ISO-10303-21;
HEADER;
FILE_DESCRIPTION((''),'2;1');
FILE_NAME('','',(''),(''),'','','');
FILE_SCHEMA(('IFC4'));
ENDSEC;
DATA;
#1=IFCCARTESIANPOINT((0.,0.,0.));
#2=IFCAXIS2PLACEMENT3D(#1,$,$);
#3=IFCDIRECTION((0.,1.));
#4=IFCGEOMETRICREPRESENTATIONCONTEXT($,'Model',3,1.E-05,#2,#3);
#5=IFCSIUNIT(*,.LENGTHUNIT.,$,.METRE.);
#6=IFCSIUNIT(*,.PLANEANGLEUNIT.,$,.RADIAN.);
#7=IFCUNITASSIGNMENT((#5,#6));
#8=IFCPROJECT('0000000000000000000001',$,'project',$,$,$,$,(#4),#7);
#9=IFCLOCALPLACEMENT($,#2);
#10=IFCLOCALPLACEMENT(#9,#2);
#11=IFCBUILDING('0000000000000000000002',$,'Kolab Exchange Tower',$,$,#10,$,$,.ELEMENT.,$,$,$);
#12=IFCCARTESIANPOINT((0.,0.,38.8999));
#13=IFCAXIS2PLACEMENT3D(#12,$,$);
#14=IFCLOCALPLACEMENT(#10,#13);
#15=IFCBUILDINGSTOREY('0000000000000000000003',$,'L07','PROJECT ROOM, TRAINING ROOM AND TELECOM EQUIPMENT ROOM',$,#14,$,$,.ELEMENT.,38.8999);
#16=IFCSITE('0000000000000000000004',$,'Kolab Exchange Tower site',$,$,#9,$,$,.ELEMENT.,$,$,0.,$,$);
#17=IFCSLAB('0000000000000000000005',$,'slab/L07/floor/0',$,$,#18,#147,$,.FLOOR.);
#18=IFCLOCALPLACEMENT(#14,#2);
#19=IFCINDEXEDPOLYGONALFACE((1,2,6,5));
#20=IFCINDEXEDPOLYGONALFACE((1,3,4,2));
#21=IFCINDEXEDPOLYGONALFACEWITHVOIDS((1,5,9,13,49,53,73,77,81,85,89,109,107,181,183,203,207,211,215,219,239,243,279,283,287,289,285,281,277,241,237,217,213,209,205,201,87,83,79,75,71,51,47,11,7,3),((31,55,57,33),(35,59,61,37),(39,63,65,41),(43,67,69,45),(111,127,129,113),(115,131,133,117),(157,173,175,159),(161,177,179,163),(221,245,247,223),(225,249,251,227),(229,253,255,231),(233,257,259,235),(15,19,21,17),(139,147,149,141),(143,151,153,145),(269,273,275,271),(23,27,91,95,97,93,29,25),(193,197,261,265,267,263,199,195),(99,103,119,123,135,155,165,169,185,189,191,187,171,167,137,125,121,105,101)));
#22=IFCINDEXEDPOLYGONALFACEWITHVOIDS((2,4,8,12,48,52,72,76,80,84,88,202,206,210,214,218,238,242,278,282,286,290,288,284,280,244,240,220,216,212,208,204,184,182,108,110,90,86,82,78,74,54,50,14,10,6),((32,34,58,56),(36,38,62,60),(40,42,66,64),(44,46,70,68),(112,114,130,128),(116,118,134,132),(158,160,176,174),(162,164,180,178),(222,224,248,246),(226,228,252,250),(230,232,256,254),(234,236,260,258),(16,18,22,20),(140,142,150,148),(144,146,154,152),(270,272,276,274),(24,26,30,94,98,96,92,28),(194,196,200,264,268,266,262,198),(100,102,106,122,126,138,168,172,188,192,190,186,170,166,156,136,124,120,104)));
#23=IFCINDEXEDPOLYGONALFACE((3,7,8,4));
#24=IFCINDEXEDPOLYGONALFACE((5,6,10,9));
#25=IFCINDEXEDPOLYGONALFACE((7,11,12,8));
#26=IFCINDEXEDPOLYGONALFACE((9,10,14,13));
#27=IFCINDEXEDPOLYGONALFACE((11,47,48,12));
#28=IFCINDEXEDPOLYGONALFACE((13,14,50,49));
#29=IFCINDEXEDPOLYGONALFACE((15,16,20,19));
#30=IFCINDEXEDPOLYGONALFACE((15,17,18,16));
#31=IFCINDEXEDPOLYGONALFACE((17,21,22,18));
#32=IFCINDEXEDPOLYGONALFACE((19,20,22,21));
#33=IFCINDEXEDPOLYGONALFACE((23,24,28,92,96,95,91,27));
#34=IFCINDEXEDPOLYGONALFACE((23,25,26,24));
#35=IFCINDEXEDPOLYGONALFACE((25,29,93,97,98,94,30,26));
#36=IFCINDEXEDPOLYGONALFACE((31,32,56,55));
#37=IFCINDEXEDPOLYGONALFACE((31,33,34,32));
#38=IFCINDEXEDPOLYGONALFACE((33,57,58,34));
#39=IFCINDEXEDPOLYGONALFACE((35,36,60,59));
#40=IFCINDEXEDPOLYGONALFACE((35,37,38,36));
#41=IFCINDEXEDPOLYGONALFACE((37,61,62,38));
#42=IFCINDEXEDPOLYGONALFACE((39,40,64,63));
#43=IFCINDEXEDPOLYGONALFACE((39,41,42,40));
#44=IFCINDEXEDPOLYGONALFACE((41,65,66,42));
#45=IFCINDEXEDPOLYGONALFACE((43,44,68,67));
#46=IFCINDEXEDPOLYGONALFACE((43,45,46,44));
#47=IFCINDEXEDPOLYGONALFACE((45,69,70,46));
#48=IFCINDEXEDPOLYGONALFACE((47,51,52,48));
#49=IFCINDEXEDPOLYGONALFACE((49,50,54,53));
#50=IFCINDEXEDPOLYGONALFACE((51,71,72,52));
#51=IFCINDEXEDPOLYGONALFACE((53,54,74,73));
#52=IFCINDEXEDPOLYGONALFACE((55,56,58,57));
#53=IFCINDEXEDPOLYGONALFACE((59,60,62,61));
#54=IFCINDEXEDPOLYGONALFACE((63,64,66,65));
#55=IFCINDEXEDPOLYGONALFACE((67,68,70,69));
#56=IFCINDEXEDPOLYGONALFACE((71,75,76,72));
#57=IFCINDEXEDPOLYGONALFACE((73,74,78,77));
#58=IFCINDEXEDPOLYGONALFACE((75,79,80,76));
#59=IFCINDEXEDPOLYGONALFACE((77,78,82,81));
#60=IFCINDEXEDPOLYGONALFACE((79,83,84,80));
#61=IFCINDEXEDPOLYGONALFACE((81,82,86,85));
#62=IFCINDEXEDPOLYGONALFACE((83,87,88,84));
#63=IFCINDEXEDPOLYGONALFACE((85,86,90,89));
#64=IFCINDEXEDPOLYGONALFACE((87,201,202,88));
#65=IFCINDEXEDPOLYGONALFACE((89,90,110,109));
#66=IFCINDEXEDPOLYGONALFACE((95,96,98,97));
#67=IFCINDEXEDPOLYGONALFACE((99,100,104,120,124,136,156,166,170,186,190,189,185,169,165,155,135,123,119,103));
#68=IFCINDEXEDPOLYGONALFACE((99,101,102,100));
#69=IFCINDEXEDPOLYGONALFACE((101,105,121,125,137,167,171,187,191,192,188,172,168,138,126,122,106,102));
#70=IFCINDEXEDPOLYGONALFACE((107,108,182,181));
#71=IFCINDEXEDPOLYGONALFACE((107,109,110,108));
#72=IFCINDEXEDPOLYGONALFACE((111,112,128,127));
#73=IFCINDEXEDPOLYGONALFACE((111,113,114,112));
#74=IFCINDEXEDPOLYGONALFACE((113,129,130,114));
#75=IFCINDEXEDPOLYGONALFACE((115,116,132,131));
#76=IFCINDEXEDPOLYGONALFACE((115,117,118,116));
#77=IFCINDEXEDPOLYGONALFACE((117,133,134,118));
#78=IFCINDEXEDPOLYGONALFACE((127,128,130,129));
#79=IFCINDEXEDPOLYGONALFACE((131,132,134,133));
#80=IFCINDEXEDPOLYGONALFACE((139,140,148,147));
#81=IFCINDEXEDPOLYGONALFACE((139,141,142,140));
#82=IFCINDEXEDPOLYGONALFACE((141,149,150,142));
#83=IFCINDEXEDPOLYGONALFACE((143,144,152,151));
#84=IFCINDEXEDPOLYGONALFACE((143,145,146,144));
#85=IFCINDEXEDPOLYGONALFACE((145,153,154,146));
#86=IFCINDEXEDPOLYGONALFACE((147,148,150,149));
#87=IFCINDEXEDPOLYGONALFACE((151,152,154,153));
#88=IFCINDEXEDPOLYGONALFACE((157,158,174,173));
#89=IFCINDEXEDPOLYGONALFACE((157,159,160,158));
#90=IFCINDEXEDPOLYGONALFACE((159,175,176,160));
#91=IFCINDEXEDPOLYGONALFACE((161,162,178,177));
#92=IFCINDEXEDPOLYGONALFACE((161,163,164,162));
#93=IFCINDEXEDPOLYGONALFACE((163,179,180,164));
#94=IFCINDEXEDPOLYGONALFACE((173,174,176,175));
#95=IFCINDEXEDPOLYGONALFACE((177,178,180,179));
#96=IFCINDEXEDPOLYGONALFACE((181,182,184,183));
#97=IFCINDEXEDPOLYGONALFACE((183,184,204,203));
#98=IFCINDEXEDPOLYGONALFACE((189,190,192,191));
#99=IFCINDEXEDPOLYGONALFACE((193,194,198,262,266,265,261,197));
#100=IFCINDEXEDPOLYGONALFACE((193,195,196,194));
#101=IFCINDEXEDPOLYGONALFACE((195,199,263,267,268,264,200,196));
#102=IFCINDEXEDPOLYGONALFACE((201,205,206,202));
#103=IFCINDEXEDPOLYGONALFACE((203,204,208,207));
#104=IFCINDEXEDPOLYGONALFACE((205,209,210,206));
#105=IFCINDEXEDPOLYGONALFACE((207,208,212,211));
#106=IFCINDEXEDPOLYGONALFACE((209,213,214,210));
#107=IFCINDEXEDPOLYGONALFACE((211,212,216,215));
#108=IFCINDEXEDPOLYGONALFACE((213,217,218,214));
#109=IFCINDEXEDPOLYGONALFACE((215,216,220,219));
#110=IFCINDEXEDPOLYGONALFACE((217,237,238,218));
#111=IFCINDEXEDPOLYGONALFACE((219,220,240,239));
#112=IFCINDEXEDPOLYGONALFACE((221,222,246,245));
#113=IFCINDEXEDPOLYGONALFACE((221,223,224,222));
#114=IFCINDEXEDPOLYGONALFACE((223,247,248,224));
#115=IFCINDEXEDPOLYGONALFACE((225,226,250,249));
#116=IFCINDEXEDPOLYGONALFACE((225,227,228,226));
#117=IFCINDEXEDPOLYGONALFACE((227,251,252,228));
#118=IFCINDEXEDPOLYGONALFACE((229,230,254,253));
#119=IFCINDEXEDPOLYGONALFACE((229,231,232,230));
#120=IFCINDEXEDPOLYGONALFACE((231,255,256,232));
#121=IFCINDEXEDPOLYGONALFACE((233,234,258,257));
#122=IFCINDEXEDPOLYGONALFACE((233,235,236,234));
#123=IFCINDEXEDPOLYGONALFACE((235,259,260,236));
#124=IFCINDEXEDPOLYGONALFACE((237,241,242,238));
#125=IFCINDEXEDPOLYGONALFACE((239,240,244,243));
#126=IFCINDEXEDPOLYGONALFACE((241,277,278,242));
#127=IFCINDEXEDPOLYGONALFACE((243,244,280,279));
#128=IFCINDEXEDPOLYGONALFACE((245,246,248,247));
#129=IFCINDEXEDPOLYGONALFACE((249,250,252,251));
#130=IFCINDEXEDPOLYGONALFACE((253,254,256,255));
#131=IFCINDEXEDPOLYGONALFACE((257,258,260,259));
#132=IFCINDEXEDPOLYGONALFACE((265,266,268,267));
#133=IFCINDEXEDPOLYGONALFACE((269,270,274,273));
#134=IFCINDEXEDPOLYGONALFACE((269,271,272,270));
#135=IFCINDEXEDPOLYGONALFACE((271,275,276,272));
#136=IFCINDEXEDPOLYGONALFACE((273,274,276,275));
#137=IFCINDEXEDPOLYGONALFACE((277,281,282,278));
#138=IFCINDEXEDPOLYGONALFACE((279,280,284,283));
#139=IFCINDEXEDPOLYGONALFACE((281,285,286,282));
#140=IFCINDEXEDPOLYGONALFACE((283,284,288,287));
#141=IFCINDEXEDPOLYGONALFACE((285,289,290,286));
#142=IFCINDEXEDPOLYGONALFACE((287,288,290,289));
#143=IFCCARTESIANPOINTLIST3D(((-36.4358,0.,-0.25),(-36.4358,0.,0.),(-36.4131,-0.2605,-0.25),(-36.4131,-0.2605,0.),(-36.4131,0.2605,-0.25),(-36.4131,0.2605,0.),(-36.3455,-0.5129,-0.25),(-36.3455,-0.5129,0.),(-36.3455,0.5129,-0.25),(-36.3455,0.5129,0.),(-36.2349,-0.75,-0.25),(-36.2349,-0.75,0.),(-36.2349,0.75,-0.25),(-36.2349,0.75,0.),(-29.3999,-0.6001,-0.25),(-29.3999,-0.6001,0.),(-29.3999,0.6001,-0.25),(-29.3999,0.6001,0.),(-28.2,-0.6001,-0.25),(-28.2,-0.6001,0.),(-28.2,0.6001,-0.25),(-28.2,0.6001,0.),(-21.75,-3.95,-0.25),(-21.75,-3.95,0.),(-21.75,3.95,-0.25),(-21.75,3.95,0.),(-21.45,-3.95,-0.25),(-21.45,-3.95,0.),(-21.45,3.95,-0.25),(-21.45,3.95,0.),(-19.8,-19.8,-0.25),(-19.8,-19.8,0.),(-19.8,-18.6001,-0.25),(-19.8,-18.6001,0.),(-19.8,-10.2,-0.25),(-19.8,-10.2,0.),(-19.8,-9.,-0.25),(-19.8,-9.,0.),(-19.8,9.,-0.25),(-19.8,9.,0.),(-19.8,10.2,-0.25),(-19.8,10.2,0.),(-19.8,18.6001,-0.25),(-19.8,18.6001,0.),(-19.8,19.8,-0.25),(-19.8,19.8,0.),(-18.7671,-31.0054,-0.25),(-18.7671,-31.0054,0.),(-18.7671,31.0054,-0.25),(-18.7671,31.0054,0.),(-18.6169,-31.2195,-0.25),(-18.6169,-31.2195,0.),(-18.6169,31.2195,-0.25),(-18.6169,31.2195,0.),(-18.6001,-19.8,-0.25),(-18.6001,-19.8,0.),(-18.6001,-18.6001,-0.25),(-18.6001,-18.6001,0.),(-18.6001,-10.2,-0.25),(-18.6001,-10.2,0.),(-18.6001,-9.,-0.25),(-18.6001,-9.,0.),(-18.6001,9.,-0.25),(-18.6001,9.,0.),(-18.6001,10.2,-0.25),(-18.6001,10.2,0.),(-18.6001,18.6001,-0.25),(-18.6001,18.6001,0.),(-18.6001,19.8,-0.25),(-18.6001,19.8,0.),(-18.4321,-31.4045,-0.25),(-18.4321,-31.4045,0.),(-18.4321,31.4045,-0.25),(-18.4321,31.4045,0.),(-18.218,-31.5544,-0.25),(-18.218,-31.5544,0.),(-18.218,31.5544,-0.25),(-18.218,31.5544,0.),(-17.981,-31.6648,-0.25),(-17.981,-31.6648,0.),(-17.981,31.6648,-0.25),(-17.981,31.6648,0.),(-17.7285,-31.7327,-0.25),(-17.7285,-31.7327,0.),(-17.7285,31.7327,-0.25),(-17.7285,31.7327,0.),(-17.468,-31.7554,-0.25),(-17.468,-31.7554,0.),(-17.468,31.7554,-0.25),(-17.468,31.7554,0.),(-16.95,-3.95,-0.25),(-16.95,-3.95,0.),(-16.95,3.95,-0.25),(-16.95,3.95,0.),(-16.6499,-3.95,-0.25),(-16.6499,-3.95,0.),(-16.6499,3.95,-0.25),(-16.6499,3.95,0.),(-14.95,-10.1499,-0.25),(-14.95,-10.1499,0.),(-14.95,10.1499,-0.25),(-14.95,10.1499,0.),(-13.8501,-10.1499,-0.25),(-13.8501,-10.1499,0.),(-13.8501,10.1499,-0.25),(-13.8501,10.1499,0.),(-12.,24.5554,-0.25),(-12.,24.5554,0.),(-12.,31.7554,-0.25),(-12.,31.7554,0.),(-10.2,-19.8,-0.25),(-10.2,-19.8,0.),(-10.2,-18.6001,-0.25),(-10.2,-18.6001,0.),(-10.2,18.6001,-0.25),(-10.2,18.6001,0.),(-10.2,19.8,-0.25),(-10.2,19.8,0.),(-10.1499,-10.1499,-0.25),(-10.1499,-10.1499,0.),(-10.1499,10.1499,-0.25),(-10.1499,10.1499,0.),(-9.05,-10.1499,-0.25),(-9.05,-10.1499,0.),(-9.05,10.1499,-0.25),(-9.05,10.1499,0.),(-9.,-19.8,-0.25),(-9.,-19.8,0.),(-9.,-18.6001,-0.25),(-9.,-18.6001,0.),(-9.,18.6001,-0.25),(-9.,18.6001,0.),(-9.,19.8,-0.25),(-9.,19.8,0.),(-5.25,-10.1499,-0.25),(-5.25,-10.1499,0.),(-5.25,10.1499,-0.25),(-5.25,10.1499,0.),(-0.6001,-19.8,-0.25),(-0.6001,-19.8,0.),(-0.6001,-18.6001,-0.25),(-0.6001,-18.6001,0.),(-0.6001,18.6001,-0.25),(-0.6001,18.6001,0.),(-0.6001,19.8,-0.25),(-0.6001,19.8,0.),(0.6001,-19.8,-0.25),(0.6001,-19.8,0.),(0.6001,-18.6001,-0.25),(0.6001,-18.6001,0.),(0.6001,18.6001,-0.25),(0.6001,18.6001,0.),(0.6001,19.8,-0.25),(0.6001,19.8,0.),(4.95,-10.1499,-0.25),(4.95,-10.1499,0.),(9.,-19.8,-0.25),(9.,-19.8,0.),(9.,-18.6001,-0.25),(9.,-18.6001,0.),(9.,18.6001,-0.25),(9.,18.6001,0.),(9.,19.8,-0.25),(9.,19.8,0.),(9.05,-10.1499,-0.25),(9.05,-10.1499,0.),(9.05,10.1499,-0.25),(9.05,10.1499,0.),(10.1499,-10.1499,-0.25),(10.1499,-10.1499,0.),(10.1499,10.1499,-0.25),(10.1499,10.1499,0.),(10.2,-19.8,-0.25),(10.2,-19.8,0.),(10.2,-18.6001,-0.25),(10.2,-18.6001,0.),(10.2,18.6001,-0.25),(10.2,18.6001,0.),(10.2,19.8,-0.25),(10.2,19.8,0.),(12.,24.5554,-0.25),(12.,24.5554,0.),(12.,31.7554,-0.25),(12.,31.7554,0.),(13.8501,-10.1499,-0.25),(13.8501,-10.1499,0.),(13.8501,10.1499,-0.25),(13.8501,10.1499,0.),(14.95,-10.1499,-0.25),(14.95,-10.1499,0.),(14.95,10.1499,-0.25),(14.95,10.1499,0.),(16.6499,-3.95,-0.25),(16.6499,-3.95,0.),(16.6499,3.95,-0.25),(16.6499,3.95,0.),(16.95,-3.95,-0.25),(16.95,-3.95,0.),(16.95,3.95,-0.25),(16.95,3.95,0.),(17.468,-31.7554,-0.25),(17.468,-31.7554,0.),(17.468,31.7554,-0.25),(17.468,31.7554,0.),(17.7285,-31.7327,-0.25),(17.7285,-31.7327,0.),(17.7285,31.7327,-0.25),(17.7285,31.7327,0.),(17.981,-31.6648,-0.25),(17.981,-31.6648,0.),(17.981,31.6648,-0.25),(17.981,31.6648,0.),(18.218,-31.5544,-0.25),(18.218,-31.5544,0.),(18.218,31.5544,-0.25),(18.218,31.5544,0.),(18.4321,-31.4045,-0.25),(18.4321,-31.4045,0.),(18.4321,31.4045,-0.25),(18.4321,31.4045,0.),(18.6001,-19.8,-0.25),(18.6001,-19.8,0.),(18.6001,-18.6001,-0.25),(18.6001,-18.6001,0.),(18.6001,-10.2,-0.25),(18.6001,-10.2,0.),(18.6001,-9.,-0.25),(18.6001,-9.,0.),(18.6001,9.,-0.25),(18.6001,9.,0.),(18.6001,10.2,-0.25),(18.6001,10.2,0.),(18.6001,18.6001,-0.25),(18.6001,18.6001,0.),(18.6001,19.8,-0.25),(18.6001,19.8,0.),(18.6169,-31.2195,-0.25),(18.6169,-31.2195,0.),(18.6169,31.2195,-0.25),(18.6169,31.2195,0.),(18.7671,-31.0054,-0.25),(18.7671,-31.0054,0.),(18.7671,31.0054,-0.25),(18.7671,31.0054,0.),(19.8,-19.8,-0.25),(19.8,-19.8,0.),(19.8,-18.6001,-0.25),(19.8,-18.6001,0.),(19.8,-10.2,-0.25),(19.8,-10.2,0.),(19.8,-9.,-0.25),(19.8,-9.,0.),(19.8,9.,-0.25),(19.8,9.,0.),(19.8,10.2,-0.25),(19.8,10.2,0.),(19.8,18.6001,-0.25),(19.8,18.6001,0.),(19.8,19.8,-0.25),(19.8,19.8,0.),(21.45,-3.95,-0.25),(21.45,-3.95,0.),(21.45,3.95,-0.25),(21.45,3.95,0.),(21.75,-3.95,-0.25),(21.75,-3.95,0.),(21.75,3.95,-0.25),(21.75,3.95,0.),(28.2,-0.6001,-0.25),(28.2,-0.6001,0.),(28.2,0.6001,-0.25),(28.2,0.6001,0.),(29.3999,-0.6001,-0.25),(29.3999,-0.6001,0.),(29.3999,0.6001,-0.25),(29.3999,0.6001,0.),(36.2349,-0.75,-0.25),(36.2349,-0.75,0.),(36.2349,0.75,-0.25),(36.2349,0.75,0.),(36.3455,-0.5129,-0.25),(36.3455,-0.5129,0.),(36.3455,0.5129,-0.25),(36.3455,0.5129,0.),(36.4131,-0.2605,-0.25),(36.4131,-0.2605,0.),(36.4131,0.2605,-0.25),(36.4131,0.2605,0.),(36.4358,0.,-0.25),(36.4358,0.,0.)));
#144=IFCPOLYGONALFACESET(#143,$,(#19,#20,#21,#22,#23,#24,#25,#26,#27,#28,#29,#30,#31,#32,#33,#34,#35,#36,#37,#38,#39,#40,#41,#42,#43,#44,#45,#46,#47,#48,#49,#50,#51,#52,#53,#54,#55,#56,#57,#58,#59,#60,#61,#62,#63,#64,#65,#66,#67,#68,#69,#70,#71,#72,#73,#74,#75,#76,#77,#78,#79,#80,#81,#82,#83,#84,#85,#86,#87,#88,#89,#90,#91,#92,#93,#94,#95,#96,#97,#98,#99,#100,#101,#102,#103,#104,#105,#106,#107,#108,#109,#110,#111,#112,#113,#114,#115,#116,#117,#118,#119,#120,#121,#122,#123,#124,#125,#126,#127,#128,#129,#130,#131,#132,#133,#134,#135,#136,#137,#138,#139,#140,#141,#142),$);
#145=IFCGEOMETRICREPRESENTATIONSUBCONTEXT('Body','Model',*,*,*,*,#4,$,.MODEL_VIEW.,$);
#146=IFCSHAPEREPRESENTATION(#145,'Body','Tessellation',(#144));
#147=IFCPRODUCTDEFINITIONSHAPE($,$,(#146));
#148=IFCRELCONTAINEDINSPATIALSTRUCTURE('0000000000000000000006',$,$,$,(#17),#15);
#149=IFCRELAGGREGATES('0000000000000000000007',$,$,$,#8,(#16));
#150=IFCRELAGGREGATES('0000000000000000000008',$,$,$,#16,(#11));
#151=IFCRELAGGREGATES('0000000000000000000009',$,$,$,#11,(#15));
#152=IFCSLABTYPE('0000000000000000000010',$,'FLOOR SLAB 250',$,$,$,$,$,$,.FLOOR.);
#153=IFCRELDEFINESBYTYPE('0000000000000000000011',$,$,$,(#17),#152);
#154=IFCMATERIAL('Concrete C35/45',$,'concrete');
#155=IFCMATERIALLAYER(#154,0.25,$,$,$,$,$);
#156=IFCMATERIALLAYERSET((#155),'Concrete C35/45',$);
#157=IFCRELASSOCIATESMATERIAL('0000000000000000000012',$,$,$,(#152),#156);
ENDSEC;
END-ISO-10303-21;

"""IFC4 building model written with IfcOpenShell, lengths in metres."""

from ifc_helpers import new_model, si_unit, direction, frame, origin, place, context, subcontext, project, spatial, polyline, outline, extrude, material, layer, layer_set, type_object, element, save


model = new_model("IFC4")

# Units and contexts
model_context = context("Model", 3, precision=1e-05, world=origin(), true_north=direction((0.0, 1.0)))
body_context = subcontext(model_context, "Body", "Model", "MODEL_VIEW")
ifc_project = project(units=[si_unit("LENGTHUNIT", "METRE"), si_unit("PLANEANGLEUNIT", "RADIAN")], contexts=[model_context])

# Site, building, storey
site_placement = place(None, origin())
site = spatial("IfcSite", under=ifc_project, at=site_placement, Name="Kolab Exchange Tower site", CompositionType="ELEMENT", RefElevation=0.0)
building_placement = place(site_placement, origin())
building = spatial("IfcBuilding", under=site, at=building_placement, Name="Kolab Exchange Tower", CompositionType="ELEMENT")
storey_placement = place(building_placement, frame((0.0, 0.0, 38.8999)))
storey = spatial("IfcBuildingStorey", under=building, at=storey_placement, Name="L07", Description="PROJECT ROOM, TRAINING ROOM AND TELECOM EQUIPMENT ROOM", CompositionType="ELEMENT", Elevation=38.8999)

# Slab
ifc_material_1 = material(Name="Concrete C35/45", Category="concrete")
ifc_layer_1 = layer(ifc_material_1, 0.25)
ifc_layer_set_1 = layer_set([ifc_layer_1], Name="Concrete C35/45")
slab_type = type_object("IfcSlabType", Name="FLOOR SLAB 250", PredefinedType="FLOOR", material=ifc_layer_set_1)
slab_1_placement = place(storey_placement, frame((0.0, 0.0, -0.25)))
element("IfcSlab", 1, at=slab_1_placement, inside=storey, type_object=slab_type, Name="slab/L07/floor/0", PredefinedType="FLOOR", context=body_context, shape_type="SweptSolid", body=[
    extrude(outline(polyline([(17.468, 31.7554), (12.0, 31.7554), (12.0, 24.5554), (-12.0, 24.5554), (-12.0, 31.7554), (-17.468, 31.7554), (-17.7285, 31.7327), (-17.981, 31.6648), (-18.218, 31.5544), (-18.4321, 31.4045), (-18.6169, 31.2195), (-18.7671, 31.0054), (-36.2349, 0.75), (-36.3455, 0.5129), (-36.4131, 0.2605), (-36.4358, 0.0), (-36.4131, -0.2605), (-36.3455, -0.5129), (-36.2349, -0.75), (-18.7671, -31.0054), (-18.6169, -31.2195), (-18.4321, -31.4045), (-18.218, -31.5544), (-17.981, -31.6648), (-17.7285, -31.7327), (-17.468, -31.7554), (17.468, -31.7554), (17.7285, -31.7327), (17.981, -31.6648), (18.218, -31.5544), (18.4321, -31.4045), (18.6169, -31.2195), (18.7671, -31.0054), (36.2349, -0.75), (36.3455, -0.5129), (36.4131, -0.2605), (36.4358, 0.0), (36.4131, 0.2605), (36.3455, 0.5129), (36.2349, 0.75), (18.7671, 31.0054), (18.6169, 31.2195), (18.4321, 31.4045), (18.218, 31.5544), (17.981, 31.6648), (17.7285, 31.7327), (17.468, 31.7554)]), holes=[polyline([(-19.8, -18.6001), (-18.6001, -18.6001), (-18.6001, -19.8), (-19.8, -19.8), (-19.8, -18.6001)]), polyline([(-18.6001, -9.0), (-18.6001, -10.2), (-19.8, -10.2), (-19.8, -9.0), (-18.6001, -9.0)]), polyline([(-21.75, -3.95), (-21.75, 3.95), (-21.45, 3.95), (-16.95, 3.95), (-16.6499, 3.95), (-16.6499, -3.95), (-16.95, -3.95), (-21.45, -3.95), (-21.75, -3.95)]), polyline([(-14.95, 10.1499), (-13.8501, 10.1499), (-10.1499, 10.1499), (-9.05, 10.1499), (-5.25, 10.1499), (9.05, 10.1499), (10.1499, 10.1499), (13.8501, 10.1499), (14.95, 10.1499), (14.95, -10.1499), (13.8501, -10.1499), (10.1499, -10.1499), (9.05, -10.1499), (4.95, -10.1499), (-5.25, -10.1499), (-9.05, -10.1499), (-10.1499, -10.1499), (-13.8501, -10.1499), (-14.95, -10.1499), (-14.95, 10.1499)]), polyline([(-28.2, 0.6001), (-28.2, -0.6001), (-29.3999, -0.6001), (-29.3999, 0.6001), (-28.2, 0.6001)]), polyline([(-18.6001, 10.2), (-18.6001, 9.0), (-19.8, 9.0), (-19.8, 10.2), (-18.6001, 10.2)]), polyline([(-19.8, 19.8), (-18.6001, 19.8), (-18.6001, 18.6001), (-19.8, 18.6001), (-19.8, 19.8)]), polyline([(-9.0, -18.6001), (-9.0, -19.8), (-10.2, -19.8), (-10.2, -18.6001), (-9.0, -18.6001)]), polyline([(-9.0, 19.8), (-9.0, 18.6001), (-10.2, 18.6001), (-10.2, 19.8), (-9.0, 19.8)]), polyline([(0.6001, -18.6001), (0.6001, -19.8), (-0.6001, -19.8), (-0.6001, -18.6001), (0.6001, -18.6001)]), polyline([(0.6001, 19.8), (0.6001, 18.6001), (-0.6001, 18.6001), (-0.6001, 19.8), (0.6001, 19.8)]), polyline([(10.2, -18.6001), (10.2, -19.8), (9.0, -19.8), (9.0, -18.6001), (10.2, -18.6001)]), polyline([(9.0, 19.8), (10.2, 19.8), (10.2, 18.6001), (9.0, 18.6001), (9.0, 19.8)]), polyline([(19.8, -18.6001), (19.8, -19.8), (18.6001, -19.8), (18.6001, -18.6001), (19.8, -18.6001)]), polyline([(19.8, -9.0), (19.8, -10.2), (18.6001, -10.2), (18.6001, -9.0), (19.8, -9.0)]), polyline([(16.95, -3.95), (16.6499, -3.95), (16.6499, 3.95), (16.95, 3.95), (21.45, 3.95), (21.75, 3.95), (21.75, -3.95), (21.45, -3.95), (16.95, -3.95)]), polyline([(29.3999, 0.6001), (29.3999, -0.6001), (28.2, -0.6001), (28.2, 0.6001), (29.3999, 0.6001)]), polyline([(18.6001, 10.2), (19.8, 10.2), (19.8, 9.0), (18.6001, 9.0), (18.6001, 10.2)]), polyline([(18.6001, 19.8), (19.8, 19.8), (19.8, 18.6001), (18.6001, 18.6001), (18.6001, 19.8)])]), origin(), (0.0, 0.0, 1.0), 0.25),
])

save(model, "model.ifc")
